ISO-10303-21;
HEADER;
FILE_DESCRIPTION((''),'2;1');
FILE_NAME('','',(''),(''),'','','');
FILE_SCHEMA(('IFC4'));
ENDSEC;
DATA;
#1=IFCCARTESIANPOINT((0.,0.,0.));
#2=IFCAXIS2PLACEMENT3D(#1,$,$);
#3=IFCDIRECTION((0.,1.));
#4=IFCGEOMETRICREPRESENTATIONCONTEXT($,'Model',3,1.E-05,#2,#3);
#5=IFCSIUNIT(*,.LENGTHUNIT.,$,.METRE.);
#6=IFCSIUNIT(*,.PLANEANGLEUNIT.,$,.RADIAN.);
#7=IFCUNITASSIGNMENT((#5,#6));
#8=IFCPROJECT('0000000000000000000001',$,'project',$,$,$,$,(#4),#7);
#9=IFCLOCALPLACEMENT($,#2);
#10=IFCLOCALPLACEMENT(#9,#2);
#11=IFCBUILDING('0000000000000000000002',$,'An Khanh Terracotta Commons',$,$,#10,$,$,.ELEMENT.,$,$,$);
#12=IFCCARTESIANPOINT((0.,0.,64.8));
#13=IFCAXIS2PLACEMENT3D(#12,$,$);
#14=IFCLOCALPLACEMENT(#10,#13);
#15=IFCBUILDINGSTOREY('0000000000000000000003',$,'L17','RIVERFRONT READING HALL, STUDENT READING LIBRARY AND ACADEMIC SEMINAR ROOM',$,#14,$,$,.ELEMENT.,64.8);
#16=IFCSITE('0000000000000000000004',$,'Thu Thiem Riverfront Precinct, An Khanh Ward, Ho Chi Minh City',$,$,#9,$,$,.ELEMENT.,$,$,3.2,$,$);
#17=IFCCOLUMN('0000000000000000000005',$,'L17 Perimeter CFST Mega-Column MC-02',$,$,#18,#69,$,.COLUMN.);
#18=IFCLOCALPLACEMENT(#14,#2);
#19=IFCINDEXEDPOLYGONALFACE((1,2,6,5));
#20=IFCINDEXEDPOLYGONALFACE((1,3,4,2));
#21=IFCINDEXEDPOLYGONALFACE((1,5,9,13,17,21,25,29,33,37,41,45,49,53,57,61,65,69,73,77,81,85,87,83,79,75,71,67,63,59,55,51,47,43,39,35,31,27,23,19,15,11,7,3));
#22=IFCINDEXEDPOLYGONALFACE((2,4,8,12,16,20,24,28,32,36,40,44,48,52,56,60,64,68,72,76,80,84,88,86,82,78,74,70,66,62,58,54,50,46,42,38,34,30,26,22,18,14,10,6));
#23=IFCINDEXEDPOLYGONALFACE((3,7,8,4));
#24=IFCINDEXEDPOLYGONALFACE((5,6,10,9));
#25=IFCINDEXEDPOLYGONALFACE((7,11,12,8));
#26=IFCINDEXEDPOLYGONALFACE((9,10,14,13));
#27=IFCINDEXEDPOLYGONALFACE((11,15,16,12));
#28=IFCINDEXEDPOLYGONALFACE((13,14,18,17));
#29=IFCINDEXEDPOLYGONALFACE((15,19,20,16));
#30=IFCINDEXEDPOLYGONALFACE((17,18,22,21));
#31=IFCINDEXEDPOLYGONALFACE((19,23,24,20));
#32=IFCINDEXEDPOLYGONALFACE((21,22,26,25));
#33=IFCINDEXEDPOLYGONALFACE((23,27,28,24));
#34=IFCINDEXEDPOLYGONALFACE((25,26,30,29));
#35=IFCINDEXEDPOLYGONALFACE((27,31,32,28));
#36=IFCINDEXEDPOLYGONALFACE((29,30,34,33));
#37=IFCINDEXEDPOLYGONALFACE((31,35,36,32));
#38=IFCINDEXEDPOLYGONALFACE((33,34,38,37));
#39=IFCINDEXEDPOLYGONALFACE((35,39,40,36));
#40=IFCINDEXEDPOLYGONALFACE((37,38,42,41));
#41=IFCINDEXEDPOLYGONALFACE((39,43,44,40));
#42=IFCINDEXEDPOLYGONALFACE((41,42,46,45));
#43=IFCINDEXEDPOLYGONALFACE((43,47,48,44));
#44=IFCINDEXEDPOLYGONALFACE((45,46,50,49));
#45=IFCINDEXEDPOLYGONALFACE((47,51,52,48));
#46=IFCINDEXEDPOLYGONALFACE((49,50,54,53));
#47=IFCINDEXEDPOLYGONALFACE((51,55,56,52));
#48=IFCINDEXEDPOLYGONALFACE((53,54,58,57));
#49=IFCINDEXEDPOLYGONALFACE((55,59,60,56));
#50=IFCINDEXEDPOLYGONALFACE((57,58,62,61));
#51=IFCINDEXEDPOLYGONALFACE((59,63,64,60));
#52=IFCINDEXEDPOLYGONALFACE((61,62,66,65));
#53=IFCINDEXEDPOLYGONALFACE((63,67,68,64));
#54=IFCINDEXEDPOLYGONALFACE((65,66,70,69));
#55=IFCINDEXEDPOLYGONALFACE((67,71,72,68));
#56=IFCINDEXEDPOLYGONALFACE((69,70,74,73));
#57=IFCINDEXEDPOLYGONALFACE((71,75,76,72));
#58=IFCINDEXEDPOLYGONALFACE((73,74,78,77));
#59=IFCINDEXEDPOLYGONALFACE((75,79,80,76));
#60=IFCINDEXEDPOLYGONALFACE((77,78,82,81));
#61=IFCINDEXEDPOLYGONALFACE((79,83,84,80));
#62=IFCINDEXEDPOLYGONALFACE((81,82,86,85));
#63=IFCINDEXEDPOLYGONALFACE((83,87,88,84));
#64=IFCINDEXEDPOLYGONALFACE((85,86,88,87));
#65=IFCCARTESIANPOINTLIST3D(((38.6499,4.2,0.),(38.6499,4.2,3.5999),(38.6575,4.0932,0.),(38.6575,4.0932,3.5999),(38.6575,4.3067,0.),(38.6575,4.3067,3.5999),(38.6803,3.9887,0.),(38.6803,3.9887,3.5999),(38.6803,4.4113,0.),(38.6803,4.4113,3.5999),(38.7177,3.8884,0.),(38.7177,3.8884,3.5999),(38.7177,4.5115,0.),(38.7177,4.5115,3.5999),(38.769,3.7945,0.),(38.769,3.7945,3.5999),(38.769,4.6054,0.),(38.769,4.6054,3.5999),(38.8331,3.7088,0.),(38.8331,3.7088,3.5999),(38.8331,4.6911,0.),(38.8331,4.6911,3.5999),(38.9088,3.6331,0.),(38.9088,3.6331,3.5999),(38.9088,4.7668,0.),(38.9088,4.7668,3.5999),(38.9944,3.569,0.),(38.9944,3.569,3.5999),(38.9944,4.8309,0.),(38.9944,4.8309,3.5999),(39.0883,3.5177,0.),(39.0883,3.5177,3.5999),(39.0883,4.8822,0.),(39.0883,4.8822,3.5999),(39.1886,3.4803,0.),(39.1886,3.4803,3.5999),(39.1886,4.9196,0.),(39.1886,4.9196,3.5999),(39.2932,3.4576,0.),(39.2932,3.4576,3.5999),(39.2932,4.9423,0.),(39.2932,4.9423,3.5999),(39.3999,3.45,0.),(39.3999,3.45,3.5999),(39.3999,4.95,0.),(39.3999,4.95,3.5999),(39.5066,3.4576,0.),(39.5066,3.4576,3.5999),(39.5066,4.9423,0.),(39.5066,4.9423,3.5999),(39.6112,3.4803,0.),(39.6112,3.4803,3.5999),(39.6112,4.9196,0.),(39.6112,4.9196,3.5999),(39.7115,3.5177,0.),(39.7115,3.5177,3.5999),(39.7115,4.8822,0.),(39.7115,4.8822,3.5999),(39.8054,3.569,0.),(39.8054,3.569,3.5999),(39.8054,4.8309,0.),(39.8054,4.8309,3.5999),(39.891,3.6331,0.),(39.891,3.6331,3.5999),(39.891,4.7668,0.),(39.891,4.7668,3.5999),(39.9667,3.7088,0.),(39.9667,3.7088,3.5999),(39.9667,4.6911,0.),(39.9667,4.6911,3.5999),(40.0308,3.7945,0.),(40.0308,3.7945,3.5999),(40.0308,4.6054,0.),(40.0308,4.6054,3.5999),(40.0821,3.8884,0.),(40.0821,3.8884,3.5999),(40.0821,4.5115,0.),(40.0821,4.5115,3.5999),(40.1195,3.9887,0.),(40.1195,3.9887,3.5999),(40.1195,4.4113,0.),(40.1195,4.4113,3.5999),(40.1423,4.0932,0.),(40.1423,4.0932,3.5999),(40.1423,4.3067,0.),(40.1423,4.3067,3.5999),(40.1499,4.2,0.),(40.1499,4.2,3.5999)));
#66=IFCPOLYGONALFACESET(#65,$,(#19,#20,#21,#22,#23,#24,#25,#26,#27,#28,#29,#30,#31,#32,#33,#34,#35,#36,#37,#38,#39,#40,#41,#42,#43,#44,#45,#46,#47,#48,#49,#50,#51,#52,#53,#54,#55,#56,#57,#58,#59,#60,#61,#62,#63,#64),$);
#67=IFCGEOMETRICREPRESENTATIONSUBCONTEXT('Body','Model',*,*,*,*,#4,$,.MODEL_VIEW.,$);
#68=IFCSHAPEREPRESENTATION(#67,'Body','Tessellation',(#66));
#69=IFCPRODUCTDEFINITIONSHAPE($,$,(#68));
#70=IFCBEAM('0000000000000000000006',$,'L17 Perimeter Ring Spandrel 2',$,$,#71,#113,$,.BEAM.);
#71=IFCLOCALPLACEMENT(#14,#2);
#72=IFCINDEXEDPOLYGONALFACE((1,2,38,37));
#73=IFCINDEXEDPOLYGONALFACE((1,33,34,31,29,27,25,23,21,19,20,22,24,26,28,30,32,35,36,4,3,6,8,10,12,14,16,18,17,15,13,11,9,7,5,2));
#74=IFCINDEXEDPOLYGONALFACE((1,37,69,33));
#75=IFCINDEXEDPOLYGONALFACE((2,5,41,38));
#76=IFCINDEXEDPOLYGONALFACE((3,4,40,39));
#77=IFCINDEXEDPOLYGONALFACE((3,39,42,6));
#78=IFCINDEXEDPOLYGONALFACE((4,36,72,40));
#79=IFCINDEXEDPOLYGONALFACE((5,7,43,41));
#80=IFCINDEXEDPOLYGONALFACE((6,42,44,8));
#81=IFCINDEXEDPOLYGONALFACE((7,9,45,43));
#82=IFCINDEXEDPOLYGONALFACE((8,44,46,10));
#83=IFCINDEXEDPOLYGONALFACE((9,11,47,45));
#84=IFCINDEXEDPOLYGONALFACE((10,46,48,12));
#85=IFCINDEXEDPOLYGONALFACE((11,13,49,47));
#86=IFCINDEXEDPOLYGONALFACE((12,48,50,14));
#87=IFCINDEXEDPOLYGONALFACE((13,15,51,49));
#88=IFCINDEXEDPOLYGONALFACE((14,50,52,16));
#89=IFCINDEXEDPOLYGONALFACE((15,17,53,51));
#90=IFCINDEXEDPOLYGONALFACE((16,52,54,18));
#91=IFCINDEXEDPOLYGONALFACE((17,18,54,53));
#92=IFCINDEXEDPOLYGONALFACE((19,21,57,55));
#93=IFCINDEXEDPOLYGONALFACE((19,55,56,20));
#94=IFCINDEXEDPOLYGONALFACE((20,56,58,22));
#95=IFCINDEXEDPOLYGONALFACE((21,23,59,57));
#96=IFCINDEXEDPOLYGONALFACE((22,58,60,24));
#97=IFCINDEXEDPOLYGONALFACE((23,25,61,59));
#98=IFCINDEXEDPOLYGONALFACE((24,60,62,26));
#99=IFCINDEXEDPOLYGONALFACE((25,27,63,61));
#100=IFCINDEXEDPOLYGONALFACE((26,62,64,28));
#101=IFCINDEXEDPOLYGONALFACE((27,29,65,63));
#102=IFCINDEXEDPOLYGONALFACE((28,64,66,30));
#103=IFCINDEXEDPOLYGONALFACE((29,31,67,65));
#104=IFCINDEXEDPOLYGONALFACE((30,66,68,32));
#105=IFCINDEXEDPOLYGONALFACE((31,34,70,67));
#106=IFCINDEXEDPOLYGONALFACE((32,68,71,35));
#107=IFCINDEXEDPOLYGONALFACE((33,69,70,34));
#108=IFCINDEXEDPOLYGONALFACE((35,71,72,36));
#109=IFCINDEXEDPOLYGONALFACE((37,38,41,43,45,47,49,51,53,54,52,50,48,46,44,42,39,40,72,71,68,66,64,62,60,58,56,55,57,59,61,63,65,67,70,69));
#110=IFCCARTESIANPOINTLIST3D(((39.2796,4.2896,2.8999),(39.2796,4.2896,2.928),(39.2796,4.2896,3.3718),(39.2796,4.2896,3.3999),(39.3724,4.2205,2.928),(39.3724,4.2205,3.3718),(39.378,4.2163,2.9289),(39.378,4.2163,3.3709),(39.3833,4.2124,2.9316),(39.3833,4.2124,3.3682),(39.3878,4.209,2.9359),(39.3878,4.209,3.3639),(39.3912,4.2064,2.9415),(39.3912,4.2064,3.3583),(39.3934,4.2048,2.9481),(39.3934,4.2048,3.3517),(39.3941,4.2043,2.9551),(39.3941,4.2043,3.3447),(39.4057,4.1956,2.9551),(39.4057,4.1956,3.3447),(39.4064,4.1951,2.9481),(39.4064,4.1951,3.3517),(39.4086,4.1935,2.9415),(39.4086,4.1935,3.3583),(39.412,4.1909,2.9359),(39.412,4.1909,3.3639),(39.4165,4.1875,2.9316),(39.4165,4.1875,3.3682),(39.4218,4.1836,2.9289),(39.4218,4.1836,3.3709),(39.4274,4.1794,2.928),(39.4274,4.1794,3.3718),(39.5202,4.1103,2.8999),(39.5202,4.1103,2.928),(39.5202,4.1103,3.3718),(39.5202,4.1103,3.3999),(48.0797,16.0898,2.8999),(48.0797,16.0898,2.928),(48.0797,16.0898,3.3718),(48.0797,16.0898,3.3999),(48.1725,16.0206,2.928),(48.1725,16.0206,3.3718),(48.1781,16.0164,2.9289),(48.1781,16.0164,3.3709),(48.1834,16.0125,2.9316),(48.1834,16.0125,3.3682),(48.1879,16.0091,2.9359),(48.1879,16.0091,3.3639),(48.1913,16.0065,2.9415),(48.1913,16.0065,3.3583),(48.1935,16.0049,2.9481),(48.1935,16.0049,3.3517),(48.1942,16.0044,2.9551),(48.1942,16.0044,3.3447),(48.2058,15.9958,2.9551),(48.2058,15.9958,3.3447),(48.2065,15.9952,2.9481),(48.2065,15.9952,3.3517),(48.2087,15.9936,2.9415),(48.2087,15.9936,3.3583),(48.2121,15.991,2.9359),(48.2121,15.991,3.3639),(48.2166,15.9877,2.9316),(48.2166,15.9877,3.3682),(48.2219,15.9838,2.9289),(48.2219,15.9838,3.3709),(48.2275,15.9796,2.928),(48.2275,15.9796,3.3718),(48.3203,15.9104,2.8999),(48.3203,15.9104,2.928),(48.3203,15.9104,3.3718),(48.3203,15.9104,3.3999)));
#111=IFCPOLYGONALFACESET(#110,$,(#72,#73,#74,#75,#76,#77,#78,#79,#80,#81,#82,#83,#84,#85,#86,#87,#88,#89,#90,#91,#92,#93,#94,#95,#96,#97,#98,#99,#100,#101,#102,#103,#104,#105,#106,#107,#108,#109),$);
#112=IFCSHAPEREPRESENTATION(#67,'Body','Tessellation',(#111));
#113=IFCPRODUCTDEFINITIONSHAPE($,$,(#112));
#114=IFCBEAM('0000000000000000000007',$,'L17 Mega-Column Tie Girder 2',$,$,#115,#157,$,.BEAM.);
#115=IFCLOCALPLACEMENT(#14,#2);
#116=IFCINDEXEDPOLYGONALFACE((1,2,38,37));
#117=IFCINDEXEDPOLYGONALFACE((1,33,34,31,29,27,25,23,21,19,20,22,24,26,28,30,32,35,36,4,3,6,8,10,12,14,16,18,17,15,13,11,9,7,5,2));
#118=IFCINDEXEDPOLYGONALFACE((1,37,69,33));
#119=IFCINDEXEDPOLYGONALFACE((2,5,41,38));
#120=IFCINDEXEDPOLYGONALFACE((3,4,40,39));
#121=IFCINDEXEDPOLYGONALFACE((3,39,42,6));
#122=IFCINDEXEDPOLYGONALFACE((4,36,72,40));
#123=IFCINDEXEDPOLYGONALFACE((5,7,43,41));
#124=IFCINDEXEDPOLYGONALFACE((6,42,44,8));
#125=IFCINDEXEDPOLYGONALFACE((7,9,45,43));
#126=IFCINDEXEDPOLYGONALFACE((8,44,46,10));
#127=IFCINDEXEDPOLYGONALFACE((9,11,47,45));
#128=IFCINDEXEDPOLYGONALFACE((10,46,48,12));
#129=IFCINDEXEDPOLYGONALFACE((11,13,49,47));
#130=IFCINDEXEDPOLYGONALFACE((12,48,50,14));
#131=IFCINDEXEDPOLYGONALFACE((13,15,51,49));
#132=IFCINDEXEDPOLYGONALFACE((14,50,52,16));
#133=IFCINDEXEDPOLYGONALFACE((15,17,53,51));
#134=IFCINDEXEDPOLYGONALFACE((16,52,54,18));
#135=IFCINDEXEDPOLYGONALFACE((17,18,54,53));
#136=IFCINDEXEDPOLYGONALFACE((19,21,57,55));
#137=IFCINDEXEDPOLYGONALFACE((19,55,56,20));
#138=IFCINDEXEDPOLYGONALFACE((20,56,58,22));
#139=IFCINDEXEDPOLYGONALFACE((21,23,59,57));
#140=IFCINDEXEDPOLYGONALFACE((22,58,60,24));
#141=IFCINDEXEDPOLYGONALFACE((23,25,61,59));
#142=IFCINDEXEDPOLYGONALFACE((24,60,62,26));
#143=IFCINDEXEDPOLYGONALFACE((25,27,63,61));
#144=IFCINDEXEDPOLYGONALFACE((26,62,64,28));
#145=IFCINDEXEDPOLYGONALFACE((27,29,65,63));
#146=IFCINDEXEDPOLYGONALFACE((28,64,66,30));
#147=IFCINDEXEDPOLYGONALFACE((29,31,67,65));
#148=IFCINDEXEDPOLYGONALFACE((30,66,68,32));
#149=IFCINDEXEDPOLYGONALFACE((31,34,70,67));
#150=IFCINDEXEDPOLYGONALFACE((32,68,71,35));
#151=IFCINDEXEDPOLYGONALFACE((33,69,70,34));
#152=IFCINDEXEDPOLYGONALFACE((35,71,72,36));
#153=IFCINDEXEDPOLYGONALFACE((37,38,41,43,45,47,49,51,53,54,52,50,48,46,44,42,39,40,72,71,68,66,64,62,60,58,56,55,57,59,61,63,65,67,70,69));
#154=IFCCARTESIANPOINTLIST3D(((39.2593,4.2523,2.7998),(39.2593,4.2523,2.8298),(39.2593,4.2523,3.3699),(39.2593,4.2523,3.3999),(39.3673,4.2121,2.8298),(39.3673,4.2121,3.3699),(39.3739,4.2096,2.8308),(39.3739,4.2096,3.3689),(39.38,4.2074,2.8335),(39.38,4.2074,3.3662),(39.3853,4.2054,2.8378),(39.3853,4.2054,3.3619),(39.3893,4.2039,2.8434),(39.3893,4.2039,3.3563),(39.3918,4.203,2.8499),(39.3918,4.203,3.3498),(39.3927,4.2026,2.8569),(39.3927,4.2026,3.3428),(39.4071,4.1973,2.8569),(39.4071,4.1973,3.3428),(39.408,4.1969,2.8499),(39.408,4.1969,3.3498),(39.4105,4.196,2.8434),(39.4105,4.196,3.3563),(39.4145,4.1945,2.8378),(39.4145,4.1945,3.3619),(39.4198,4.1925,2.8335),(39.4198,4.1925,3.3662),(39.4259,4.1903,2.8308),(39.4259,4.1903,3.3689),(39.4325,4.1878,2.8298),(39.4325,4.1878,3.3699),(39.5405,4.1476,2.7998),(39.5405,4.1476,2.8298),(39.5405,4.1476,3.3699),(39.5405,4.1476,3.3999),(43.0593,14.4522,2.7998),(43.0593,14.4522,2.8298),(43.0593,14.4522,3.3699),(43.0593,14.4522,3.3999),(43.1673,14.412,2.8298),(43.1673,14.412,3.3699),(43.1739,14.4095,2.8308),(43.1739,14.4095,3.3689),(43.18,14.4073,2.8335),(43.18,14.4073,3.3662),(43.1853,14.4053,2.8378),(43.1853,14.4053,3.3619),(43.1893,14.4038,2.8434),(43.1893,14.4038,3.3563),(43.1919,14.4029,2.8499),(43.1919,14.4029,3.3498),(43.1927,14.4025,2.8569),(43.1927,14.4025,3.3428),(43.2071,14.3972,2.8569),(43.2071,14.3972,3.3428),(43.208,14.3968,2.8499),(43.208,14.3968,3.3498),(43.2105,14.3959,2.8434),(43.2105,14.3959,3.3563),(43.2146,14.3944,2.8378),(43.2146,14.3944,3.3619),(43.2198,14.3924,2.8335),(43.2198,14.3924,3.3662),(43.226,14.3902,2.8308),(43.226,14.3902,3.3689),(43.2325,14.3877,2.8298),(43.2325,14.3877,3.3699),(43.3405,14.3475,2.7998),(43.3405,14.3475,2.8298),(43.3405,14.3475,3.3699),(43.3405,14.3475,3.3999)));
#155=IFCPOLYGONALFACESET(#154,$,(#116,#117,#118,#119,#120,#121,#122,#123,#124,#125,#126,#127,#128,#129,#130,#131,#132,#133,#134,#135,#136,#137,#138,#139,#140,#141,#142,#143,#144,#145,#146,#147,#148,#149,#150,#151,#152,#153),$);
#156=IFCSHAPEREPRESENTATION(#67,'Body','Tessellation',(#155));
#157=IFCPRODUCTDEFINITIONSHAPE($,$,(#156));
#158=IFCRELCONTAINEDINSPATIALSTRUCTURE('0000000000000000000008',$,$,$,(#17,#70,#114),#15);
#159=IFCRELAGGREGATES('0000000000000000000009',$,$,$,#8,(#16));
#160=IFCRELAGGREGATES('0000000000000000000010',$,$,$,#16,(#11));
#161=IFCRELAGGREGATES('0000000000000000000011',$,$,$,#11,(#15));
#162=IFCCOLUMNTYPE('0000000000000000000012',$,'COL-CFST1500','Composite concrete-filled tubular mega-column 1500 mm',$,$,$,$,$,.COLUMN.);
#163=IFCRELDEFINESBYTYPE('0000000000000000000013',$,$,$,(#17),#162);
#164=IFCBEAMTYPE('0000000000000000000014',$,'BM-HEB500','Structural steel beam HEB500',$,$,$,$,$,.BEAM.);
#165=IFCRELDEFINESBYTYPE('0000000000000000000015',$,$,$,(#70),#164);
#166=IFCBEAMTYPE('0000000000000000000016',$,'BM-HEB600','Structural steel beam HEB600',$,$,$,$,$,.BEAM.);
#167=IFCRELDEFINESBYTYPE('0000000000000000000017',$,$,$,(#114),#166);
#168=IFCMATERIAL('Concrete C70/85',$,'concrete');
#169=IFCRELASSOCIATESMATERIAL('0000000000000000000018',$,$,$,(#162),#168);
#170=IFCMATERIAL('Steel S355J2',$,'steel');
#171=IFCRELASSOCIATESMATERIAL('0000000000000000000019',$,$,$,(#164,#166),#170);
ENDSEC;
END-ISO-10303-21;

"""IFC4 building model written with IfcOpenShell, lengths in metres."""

from ifc_helpers import new_model, si_unit, direction, frame, origin, origin_2d, place, context, subcontext, project, spatial, circle, i_section, extrude, material, material_profile, profile_set, type_object, element, save


model = new_model("IFC4")

# Units and contexts
model_context = context("Model", 3, precision=1e-05, world=origin(), true_north=direction((0.0, 1.0)))
body_context = subcontext(model_context, "Body", "Model", "MODEL_VIEW")
ifc_project = project(units=[si_unit("LENGTHUNIT", "METRE"), si_unit("PLANEANGLEUNIT", "RADIAN")], contexts=[model_context])

# Site, building, storey
site_placement = place(None, origin())
site = spatial("IfcSite", under=ifc_project, at=site_placement, Name="Thu Thiem Riverfront Precinct, An Khanh Ward, Ho Chi Minh City", CompositionType="ELEMENT", RefElevation=3.2)
building_placement = place(site_placement, origin())
building = spatial("IfcBuilding", under=site, at=building_placement, Name="An Khanh Terracotta Commons", CompositionType="ELEMENT")
storey_placement = place(building_placement, frame((0.0, 0.0, 64.8)))
storey = spatial("IfcBuildingStorey", under=building, at=storey_placement, Name="L17", Description="RIVERFRONT READING HALL, STUDENT READING LIBRARY AND ACADEMIC SEMINAR ROOM", CompositionType="ELEMENT", Elevation=64.8)

# Column
ifc_material_1 = material(Name="Concrete C70/85", Category="concrete")
ifc_material_profile_1 = material_profile(ifc_material_1, circle(Radius=0.75, at=origin_2d()), Name="CFST1500")
ifc_profile_set_1 = profile_set([ifc_material_profile_1], Name="Concrete C70/85")
column_type = type_object("IfcColumnType", Name="COL-CFST1500", Description="Composite concrete-filled tubular mega-column 1500 mm", PredefinedType="COLUMN", material=ifc_profile_set_1)
column_placement = place(storey_placement, frame((39.3999, 4.2, 0.0), z_axis=(0.0, 0.0, 1.0), x_axis=(1.0, 0.0, 0.0)))
element("IfcColumn", 1, at=column_placement, inside=storey, type_object=column_type, Name="L17 Perimeter CFST Mega-Column MC-02", PredefinedType="COLUMN", context=body_context, shape_type="SweptSolid", body=[
    extrude(circle(Radius=0.75, at=origin_2d()), origin(), (0.0, 0.0, 1.0), 3.5999),
])

# Beams
ifc_material_2 = material(Name="Steel S355J2", Category="steel")
ifc_material_profile_2 = material_profile(ifc_material_2, i_section(OverallWidth=0.3, OverallDepth=0.5, WebThickness=0.0144, FlangeThickness=0.0281, FilletRadius=0.0271, at=origin_2d()), Name="HEB500")
ifc_profile_set_2 = profile_set([ifc_material_profile_2], Name="Steel S355J2")
beam_type_1 = type_object("IfcBeamType", Name="BM-HEB500", Description="Structural steel beam HEB500", PredefinedType="BEAM", material=ifc_profile_set_2)
beam_1_placement = place(storey_placement, frame((39.3999, 4.2, 3.1499), z_axis=(0.597824, 0.801627, 0.0), x_axis=(-0.801627, 0.597824, 0.0)))
element("IfcBeam", 2, at=beam_1_placement, inside=storey, type_object=beam_type_1, Name="L17 Perimeter Ring Spandrel 2", PredefinedType="BEAM", context=body_context, shape_type="SweptSolid", body=[
    extrude(i_section(OverallWidth=0.3, OverallDepth=0.5, WebThickness=0.0144, FlangeThickness=0.0281, FilletRadius=0.0271, at=origin_2d()), origin(), (0.0, 0.0, 1.0), 14.7202),
])
ifc_material_profile_3 = material_profile(ifc_material_2, i_section(OverallWidth=0.3, OverallDepth=0.6001, WebThickness=0.0154, FlangeThickness=0.03, FilletRadius=0.0271, at=origin_2d()), Name="HEB600")
ifc_profile_set_3 = profile_set([ifc_material_profile_3], Name="Steel S355J2")
beam_type_2 = type_object("IfcBeamType", Name="BM-HEB600", Description="Structural steel beam HEB600", PredefinedType="BEAM", material=ifc_profile_set_3)
beam_2_placement = place(storey_placement, frame((39.3999, 4.2, 3.0999), z_axis=(0.349114, 0.93708, 0.0), x_axis=(-0.93708, 0.349114, 0.0)))
element("IfcBeam", 3, at=beam_2_placement, inside=storey, type_object=beam_type_2, Name="L17 Mega-Column Tie Girder 2", PredefinedType="BEAM", context=body_context, shape_type="SweptSolid", body=[
    extrude(i_section(OverallWidth=0.3, OverallDepth=0.6001, WebThickness=0.0154, FlangeThickness=0.03, FilletRadius=0.0271, at=origin_2d()), origin(), (0.0, 0.0, 1.0), 10.8848),
])

save(model, "model.ifc")
